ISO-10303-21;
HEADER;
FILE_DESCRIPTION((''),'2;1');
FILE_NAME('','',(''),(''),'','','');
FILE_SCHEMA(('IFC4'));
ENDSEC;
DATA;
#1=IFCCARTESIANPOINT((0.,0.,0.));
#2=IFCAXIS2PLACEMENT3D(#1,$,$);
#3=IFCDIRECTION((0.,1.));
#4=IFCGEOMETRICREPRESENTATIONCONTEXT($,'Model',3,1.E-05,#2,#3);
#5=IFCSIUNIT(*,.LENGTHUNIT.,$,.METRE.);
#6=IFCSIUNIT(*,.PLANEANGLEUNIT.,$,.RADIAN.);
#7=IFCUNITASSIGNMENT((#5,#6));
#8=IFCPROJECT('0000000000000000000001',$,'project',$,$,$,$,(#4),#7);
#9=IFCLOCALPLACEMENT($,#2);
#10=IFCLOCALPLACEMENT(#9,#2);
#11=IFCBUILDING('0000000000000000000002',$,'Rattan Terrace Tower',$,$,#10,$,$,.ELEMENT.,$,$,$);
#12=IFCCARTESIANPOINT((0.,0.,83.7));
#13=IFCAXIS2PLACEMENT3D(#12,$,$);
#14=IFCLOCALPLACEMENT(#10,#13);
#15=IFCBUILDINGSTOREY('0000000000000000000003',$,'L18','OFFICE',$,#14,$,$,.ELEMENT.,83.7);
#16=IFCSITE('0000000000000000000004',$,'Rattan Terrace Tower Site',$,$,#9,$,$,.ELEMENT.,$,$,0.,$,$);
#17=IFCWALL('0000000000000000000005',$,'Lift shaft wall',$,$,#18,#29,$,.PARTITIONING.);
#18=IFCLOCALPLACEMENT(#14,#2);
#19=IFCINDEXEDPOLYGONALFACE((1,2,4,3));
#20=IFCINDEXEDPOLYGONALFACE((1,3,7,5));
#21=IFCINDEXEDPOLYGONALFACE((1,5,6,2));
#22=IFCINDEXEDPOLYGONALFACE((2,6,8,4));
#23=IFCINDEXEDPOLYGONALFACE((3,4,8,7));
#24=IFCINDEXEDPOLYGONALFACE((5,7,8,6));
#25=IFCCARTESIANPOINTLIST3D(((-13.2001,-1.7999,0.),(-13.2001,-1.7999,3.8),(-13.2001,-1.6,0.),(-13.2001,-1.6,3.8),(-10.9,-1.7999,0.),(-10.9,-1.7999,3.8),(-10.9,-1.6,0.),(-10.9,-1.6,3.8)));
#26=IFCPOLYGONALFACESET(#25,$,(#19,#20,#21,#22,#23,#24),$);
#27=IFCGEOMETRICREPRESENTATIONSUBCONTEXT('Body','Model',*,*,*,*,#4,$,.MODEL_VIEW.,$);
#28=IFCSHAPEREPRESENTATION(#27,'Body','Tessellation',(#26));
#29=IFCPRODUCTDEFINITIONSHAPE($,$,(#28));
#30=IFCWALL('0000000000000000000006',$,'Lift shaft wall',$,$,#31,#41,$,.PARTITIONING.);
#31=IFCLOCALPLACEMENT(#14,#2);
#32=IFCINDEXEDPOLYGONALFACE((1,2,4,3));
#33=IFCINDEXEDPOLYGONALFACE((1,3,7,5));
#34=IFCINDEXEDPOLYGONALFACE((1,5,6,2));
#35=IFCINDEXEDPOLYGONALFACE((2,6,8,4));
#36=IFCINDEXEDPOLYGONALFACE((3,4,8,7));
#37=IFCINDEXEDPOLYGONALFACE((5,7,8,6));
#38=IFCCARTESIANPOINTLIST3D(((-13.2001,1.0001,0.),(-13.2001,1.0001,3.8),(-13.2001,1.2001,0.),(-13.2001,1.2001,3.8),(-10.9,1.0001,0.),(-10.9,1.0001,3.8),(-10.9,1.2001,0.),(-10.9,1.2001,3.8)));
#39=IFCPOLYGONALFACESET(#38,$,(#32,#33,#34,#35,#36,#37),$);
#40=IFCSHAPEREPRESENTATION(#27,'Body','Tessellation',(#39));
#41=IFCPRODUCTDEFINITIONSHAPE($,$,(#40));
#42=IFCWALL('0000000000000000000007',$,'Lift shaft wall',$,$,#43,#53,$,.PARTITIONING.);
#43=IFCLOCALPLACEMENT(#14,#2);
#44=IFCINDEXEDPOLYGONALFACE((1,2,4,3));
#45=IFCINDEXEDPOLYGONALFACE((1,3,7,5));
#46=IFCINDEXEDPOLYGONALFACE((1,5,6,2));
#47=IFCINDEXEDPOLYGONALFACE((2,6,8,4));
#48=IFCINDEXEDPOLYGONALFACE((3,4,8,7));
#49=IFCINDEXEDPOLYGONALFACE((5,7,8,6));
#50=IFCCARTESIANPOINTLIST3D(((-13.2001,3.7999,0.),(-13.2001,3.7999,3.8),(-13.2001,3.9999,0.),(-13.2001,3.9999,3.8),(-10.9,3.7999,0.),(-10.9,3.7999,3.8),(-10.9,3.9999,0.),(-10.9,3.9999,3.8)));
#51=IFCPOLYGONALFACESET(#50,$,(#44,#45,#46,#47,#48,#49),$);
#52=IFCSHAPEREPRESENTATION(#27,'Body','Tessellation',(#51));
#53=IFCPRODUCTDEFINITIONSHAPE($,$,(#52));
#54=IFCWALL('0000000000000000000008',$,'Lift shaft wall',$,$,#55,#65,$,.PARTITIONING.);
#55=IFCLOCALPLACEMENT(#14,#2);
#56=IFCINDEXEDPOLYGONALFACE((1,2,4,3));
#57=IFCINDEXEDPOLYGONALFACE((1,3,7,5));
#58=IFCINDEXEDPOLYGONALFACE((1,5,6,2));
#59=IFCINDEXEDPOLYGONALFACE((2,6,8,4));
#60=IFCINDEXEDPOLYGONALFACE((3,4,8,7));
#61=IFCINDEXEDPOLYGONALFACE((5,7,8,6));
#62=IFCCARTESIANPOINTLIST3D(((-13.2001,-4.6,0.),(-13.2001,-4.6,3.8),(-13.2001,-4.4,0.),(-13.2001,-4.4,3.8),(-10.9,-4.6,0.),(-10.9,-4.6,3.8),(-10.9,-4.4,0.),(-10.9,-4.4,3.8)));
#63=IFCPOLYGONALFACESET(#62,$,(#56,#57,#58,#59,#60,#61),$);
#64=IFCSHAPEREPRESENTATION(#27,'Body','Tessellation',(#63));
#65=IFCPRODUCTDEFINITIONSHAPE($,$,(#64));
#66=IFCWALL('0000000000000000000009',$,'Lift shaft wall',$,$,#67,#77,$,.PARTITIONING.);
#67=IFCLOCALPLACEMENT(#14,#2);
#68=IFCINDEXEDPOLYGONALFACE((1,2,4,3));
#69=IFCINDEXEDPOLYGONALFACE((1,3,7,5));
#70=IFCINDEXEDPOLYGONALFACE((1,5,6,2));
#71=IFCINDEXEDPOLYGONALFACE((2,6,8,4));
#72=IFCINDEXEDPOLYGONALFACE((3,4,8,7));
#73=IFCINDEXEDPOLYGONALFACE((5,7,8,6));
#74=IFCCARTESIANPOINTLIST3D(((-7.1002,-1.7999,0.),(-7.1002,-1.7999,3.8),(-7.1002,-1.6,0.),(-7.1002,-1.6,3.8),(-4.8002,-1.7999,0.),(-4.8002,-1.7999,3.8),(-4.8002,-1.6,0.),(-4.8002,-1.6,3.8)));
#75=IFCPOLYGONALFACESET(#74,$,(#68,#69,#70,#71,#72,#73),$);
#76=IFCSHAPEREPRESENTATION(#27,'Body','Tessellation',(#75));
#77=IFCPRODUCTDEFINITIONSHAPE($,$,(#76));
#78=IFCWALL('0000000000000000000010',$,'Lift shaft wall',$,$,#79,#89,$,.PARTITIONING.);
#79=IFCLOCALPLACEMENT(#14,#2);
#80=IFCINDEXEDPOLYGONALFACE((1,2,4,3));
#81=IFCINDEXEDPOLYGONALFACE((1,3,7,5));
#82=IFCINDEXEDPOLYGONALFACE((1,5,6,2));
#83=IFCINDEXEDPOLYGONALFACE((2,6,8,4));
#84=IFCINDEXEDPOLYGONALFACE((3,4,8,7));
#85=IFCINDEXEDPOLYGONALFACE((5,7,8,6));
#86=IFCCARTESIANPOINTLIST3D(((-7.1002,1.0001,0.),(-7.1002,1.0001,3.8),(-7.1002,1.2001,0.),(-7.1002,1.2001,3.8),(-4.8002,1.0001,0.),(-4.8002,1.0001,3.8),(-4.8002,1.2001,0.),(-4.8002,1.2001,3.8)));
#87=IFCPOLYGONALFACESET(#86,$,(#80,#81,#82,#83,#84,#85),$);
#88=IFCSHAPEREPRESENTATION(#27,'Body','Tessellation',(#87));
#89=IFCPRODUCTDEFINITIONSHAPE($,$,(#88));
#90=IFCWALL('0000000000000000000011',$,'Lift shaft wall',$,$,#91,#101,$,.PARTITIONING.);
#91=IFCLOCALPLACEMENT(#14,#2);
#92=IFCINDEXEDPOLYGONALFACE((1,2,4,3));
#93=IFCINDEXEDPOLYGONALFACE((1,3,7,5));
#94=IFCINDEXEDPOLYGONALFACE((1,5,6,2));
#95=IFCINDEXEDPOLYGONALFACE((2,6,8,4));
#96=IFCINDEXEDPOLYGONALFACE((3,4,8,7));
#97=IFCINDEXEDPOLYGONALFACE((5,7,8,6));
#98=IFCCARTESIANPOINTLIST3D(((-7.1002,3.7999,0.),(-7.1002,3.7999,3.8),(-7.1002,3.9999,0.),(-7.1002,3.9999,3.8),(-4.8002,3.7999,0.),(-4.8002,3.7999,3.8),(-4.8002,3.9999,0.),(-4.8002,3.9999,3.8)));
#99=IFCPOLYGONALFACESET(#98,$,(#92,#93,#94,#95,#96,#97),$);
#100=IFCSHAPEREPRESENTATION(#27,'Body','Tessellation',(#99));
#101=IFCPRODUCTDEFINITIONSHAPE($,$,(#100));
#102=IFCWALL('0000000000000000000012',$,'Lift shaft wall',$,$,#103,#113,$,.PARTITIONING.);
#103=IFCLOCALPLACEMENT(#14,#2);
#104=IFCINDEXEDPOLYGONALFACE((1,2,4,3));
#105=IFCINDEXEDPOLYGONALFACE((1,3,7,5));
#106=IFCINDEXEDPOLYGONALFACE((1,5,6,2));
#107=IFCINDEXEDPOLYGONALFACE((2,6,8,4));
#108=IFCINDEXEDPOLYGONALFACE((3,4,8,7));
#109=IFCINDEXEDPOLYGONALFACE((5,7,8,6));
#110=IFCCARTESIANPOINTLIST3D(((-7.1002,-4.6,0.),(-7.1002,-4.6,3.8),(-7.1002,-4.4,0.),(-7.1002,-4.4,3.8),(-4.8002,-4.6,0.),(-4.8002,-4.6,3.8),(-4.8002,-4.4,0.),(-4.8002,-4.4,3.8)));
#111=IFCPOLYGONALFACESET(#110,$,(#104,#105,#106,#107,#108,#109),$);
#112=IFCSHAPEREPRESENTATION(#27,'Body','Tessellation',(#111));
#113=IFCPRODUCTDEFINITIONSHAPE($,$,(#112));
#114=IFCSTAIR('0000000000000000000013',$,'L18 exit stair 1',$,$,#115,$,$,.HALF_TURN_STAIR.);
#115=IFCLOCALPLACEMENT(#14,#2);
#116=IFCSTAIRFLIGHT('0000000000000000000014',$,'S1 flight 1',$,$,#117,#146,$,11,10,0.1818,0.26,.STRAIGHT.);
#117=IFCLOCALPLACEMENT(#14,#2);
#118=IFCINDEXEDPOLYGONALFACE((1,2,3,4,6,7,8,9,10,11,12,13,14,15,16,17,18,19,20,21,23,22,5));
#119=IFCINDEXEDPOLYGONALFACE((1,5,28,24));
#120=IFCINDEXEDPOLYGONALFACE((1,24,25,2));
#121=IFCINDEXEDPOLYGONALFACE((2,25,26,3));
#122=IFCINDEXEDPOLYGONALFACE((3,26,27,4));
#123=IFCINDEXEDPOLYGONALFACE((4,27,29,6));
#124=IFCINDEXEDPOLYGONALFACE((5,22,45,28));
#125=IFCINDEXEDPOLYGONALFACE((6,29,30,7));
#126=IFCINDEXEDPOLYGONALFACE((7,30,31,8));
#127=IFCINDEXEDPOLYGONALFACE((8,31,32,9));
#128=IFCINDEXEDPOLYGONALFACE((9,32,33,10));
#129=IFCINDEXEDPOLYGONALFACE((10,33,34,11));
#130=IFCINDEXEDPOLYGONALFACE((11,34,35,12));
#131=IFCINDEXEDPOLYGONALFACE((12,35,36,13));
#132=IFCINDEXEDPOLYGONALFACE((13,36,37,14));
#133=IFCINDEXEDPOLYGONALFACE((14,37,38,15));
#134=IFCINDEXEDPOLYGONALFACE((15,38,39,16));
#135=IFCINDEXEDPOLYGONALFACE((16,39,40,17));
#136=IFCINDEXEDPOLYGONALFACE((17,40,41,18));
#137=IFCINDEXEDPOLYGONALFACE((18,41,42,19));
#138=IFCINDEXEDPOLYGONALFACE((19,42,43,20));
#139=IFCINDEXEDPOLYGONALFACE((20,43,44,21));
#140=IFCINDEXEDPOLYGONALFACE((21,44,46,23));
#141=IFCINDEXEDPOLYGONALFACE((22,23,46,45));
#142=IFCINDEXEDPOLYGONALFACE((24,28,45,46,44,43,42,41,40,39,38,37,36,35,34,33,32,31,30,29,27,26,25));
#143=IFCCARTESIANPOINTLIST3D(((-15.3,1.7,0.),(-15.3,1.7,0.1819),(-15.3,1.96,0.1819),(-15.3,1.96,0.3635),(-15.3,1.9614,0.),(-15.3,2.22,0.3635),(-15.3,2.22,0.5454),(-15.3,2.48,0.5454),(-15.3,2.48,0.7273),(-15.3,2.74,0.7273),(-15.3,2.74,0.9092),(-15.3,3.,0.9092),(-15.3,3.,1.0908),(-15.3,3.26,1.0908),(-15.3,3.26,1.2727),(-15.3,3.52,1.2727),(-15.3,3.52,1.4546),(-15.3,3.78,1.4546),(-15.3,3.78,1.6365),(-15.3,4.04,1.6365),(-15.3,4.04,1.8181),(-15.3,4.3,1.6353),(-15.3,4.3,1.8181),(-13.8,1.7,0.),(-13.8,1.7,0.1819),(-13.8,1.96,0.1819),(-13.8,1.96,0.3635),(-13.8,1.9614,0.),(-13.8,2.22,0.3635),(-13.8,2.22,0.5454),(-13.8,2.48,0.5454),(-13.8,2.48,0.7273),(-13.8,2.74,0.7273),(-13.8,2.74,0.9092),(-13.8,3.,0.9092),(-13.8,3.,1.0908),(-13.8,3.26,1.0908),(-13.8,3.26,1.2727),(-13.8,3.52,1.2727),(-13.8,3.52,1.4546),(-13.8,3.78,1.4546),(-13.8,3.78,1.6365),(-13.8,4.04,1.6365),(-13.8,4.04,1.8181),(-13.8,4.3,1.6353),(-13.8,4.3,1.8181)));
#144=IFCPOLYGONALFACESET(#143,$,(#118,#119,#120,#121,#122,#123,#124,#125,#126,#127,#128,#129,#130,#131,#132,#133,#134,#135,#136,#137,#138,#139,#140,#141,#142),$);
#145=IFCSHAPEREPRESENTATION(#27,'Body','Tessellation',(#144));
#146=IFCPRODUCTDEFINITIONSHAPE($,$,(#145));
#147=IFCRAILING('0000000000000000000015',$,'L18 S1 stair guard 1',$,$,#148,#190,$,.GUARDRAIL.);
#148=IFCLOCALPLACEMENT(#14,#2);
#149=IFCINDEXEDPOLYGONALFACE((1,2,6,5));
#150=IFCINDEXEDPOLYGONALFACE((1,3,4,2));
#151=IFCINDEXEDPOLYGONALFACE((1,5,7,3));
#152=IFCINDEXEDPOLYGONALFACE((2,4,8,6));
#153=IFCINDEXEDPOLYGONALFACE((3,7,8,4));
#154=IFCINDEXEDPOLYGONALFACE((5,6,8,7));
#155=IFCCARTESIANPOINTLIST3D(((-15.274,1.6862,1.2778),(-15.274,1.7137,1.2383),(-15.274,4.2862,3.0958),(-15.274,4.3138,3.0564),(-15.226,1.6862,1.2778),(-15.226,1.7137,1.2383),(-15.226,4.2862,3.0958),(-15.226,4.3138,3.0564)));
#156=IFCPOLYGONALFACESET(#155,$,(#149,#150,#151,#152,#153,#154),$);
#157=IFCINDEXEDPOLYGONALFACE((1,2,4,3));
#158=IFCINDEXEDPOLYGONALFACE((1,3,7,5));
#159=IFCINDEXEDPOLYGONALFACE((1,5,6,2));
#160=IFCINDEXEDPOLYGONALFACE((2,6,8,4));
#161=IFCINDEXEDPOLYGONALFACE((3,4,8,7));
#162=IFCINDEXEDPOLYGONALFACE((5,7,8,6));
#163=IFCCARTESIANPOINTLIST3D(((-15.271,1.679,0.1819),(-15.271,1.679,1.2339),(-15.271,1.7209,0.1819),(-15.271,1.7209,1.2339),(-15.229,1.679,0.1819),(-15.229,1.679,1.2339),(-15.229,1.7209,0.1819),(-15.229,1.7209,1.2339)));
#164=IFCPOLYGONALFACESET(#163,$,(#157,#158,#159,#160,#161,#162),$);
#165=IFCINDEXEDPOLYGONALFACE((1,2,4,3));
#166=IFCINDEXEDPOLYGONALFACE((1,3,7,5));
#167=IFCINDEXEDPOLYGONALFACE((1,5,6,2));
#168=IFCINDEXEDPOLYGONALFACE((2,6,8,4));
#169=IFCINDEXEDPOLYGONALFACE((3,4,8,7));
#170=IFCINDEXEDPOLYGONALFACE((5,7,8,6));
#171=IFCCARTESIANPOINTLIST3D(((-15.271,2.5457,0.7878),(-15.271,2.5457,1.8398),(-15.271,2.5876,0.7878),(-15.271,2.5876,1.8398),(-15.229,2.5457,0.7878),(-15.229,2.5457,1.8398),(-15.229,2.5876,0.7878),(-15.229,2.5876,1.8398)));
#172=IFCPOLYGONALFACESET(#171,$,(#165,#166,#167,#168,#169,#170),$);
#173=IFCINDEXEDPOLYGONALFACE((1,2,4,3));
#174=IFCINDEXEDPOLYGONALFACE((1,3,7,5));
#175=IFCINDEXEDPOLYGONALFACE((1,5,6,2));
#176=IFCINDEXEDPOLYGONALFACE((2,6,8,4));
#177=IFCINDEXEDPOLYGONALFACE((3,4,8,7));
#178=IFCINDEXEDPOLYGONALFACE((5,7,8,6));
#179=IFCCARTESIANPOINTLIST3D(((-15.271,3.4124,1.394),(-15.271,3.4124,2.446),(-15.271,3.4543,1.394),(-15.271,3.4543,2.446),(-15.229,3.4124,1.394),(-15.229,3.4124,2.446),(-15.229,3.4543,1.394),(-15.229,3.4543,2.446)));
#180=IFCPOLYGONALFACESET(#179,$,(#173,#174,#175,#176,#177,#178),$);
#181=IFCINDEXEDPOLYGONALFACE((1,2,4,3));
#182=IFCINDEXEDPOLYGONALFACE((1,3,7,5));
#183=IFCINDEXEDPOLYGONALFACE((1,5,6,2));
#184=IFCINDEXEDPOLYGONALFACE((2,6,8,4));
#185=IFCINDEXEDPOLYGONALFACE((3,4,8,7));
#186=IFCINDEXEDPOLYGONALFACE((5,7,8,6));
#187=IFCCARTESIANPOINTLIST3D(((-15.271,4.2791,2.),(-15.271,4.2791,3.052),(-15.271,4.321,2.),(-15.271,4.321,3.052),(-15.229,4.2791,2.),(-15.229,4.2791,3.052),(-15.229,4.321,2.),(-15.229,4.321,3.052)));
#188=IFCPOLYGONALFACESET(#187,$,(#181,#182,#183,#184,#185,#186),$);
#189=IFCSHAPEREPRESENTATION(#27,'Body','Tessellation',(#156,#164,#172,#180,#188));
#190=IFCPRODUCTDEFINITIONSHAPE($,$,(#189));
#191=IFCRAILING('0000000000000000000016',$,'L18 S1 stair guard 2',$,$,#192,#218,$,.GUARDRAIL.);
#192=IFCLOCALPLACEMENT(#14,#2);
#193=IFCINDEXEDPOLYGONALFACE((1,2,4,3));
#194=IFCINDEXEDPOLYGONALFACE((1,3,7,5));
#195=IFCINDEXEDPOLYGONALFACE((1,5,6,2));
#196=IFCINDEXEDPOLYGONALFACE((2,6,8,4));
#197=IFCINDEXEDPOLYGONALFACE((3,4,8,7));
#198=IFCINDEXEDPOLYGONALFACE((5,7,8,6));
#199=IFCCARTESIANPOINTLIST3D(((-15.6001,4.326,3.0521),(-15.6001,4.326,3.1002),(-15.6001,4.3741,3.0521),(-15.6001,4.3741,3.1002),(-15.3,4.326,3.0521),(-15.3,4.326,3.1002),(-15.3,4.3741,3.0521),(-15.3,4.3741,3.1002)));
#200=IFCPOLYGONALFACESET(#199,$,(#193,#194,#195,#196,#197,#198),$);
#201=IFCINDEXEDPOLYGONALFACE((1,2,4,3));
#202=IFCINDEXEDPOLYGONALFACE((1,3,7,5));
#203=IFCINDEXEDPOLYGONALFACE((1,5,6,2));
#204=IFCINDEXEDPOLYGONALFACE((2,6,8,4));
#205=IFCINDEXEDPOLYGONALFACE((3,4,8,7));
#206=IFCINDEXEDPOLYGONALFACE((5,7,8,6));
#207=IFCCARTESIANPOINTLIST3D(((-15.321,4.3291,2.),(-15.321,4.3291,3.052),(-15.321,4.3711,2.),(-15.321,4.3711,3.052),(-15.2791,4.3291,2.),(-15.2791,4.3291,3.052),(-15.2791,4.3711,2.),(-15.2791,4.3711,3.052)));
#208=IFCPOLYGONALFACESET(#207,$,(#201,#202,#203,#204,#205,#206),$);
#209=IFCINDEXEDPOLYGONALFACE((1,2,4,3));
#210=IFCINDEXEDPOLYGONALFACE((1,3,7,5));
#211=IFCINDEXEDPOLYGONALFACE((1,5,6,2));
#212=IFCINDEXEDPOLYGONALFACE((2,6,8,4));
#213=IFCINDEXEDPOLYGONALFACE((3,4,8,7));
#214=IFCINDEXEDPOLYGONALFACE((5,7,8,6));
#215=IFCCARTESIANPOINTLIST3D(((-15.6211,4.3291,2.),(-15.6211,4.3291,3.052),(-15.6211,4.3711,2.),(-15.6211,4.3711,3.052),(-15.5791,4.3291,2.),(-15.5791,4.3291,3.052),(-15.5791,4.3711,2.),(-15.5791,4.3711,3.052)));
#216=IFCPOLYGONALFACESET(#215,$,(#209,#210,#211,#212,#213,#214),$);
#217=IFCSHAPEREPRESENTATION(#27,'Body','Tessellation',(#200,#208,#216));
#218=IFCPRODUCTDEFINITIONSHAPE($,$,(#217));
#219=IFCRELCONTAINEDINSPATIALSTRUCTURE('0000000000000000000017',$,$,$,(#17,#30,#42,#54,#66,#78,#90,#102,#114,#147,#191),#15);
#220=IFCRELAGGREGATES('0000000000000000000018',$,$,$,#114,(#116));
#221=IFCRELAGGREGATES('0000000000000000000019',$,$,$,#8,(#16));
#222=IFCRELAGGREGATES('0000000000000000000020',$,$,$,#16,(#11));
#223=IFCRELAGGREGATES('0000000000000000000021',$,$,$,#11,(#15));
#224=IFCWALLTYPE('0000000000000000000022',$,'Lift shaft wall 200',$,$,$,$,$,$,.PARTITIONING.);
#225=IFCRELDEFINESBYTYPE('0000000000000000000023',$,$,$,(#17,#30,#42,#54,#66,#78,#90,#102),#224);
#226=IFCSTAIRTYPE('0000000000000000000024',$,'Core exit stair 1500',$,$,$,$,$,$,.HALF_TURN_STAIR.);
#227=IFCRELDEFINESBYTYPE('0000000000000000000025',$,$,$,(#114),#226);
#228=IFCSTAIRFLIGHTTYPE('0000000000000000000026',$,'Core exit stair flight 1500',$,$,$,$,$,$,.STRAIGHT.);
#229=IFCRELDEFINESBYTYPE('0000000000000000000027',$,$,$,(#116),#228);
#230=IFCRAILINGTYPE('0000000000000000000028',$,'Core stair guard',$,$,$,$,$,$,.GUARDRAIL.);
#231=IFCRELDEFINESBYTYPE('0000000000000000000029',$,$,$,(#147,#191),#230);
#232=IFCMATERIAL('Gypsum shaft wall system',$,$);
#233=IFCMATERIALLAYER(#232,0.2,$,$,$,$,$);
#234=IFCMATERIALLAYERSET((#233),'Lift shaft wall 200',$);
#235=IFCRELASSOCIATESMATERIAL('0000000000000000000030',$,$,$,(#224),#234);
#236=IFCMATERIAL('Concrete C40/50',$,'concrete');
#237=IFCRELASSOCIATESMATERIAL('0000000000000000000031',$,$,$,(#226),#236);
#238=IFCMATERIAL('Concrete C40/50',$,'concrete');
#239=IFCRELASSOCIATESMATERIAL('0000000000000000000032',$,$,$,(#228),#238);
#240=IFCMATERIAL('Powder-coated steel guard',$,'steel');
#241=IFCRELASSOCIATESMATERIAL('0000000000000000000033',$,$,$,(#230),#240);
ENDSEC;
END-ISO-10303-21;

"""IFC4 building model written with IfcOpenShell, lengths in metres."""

from ifc_helpers import new_model, si_unit, direction, frame, frame_2d, origin, origin_2d, place, context, subcontext, project, spatial, polyline, rectangle, outline, extrude, material, layer, layer_set, type_object, element, aggregate, save


model = new_model("IFC4")

# Units and contexts
model_context = context("Model", 3, precision=1e-05, world=origin(), true_north=direction((0.0, 1.0)))
body_context = subcontext(model_context, "Body", "Model", "MODEL_VIEW")
ifc_project = project(units=[si_unit("LENGTHUNIT", "METRE"), si_unit("PLANEANGLEUNIT", "RADIAN")], contexts=[model_context])

# Site, building, storey
site_placement = place(None, origin())
site = spatial("IfcSite", under=ifc_project, at=site_placement, Name="Rattan Terrace Tower Site", CompositionType="ELEMENT", RefElevation=0.0)
building_placement = place(site_placement, origin())
building = spatial("IfcBuilding", under=site, at=building_placement, Name="Rattan Terrace Tower", CompositionType="ELEMENT")
storey_placement = place(building_placement, frame((0.0, 0.0, 83.7)))
storey = spatial("IfcBuildingStorey", under=building, at=storey_placement, Name="L18", Description="OFFICE", CompositionType="ELEMENT", Elevation=83.7)

# Walls
ifc_material_1 = material(Name="Gypsum shaft wall system")
ifc_layer_1 = layer(ifc_material_1, 0.2)
ifc_layer_set_1 = layer_set([ifc_layer_1], Name="Lift shaft wall 200")
wall_type = type_object("IfcWallType", Name="Lift shaft wall 200", PredefinedType="PARTITIONING", material=ifc_layer_set_1)
for number, where, z_axis, x_axis, name in (
    (1, (-13.2, -1.7, 0.0), (0.0, 0.0, 1.0), (1.0, 0.0, 0.0), "Lift shaft wall"),
    (2, (-13.2, 1.1001, 0.0), (0.0, 0.0, 1.0), (1.0, 0.0, 0.0), "Lift shaft wall"),
    (3, (-13.2, 3.8999, 0.0), (0.0, 0.0, 1.0), (1.0, 0.0, 0.0), "Lift shaft wall"),
    (4, (-13.2, -4.5, 0.0), (0.0, 0.0, 1.0), (1.0, 0.0, 0.0), "Lift shaft wall"),
    (5, (-7.1001, -1.7, 0.0), (0.0, 0.0, 1.0), (1.0, 0.0, 0.0), "Lift shaft wall"),
    (6, (-7.1001, 1.1001, 0.0), (0.0, 0.0, 1.0), (1.0, 0.0, 0.0), "Lift shaft wall"),
    (7, (-7.1001, 3.8999, 0.0), (0.0, 0.0, 1.0), (1.0, 0.0, 0.0), "Lift shaft wall"),
    (8, (-7.1001, -4.5, 0.0), (0.0, 0.0, 1.0), (1.0, 0.0, 0.0), "Lift shaft wall"),
):
    element("IfcWall", number, at=place(storey_placement, frame(where, z_axis=z_axis, x_axis=x_axis)), inside=storey, type_object=wall_type, Name=name, PredefinedType="PARTITIONING", context=body_context, shape_type="SweptSolid", body=[
        extrude(rectangle(XDim=2.3, YDim=0.2, at=frame_2d((1.1499, 0.0))), origin(), (0.0, 0.0, 1.0), 3.8),
    ])

# Stair, stair flight
ifc_material_2 = material(Name="Concrete C40/50", Category="concrete")
stair_type = type_object("IfcStairType", Name="Core exit stair 1500", PredefinedType="HALF_TURN_STAIR", material=ifc_material_2)
stair_placement = place(storey_placement, origin())
stair = element("IfcStair", 9, at=stair_placement, inside=storey, type_object=stair_type, Name="L18 exit stair 1", PredefinedType="HALF_TURN_STAIR")
ifc_material_3 = material(Name="Concrete C40/50", Category="concrete")
stair_flight_type = type_object("IfcStairFlightType", Name="Core exit stair flight 1500", PredefinedType="STRAIGHT", material=ifc_material_3)
stair_flight_placement = place(storey_placement, frame((-14.55, 1.7, 0.0), z_axis=(0.0, 0.0, 1.0), x_axis=(0.0, 1.0, 0.0)))
stair_flight = element("IfcStairFlight", 10, at=stair_flight_placement, type_object=stair_flight_type, Name="S1 flight 1", NumberOfRisers=11, NumberOfTreads=10, PredefinedType="STRAIGHT", RiserHeight=0.1818, TreadLength=0.26, context=body_context, shape_type="SweptSolid", body=[
    extrude(outline(polyline([(0.0, 0.0), (0.0, 0.1819), (0.26, 0.1819), (0.26, 0.3635), (0.52, 0.3635), (0.52, 0.5454), (0.78, 0.5454), (0.78, 0.7273), (1.04, 0.7273), (1.04, 0.9092), (1.3, 0.9092), (1.3, 1.0908), (1.5601, 1.0908), (1.5601, 1.2727), (1.8201, 1.2727), (1.8201, 1.4546), (2.0801, 1.4546), (2.0801, 1.6365), (2.3401, 1.6365), (2.3401, 1.8181), (2.6001, 1.8181), (2.6001, 2.0), (2.6001, 1.6353), (0.2615, 0.0), (0.0, 0.0)])), frame((0.0, 0.75, 0.0), z_axis=(0.0, -1.0, 0.0), x_axis=(1.0, 0.0, 0.0)), (0.0, 0.0, 1.0), 1.5),
])
aggregate(stair, [stair_flight])

# Railings
ifc_material_4 = material(Name="Powder-coated steel guard", Category="steel")
railing_type_1 = type_object("IfcRailingType", Name="Core stair guard", PredefinedType="GUARDRAIL", material=ifc_material_4)
railing_1_placement = place(storey_placement, frame((-15.25, 1.7, 0.1819)))
element("IfcRailing", 11, at=railing_1_placement, inside=storey, type_object=railing_type_1, Name="L18 S1 stair guard 1", PredefinedType="GUARDRAIL", context=body_context, shape_type="SweptSolid", body=[
    extrude(rectangle(XDim=0.0481, YDim=0.0481, at=origin_2d()), frame((0.0, 0.0, 1.0762), z_axis=(0.0, 0.819521, 0.573049), x_axis=(-1.0, 0.0, 0.0)), (0.0, 0.0, 1.0), 3.1726),
    extrude(rectangle(XDim=0.042, YDim=0.042, at=origin_2d()), origin(), (0.0, 0.0, 1.0), 1.052),
    extrude(rectangle(XDim=0.042, YDim=0.042, at=origin_2d()), frame((0.0, 0.8667, 0.606)), (0.0, 0.0, 1.0), 1.052),
    extrude(rectangle(XDim=0.042, YDim=0.042, at=origin_2d()), frame((0.0, 1.7334, 1.2122)), (0.0, 0.0, 1.0), 1.052),
    extrude(rectangle(XDim=0.042, YDim=0.042, at=origin_2d()), frame((0.0, 2.6001, 1.8181)), (0.0, 0.0, 1.0), 1.052),
])
railing_2_placement = place(storey_placement, frame((-15.3, 4.3501, 2.0)))
element("IfcRailing", 12, at=railing_2_placement, inside=storey, type_object=railing_type_1, Name="L18 S1 stair guard 2", PredefinedType="GUARDRAIL", context=body_context, shape_type="SweptSolid", body=[
    extrude(rectangle(XDim=0.0481, YDim=0.0481, at=origin_2d()), frame((0.0, 0.0, 1.0762), z_axis=(-1.0, 0.0, 0.0), x_axis=(0.0, -1.0, 0.0)), (0.0, 0.0, 1.0), 0.3),
    extrude(rectangle(XDim=0.042, YDim=0.042, at=origin_2d()), origin(), (0.0, 0.0, 1.0), 1.052),
    extrude(rectangle(XDim=0.042, YDim=0.042, at=origin_2d()), frame((-0.3, 0.0, 0.0)), (0.0, 0.0, 1.0), 1.052),
])

save(model, "model.ifc")
